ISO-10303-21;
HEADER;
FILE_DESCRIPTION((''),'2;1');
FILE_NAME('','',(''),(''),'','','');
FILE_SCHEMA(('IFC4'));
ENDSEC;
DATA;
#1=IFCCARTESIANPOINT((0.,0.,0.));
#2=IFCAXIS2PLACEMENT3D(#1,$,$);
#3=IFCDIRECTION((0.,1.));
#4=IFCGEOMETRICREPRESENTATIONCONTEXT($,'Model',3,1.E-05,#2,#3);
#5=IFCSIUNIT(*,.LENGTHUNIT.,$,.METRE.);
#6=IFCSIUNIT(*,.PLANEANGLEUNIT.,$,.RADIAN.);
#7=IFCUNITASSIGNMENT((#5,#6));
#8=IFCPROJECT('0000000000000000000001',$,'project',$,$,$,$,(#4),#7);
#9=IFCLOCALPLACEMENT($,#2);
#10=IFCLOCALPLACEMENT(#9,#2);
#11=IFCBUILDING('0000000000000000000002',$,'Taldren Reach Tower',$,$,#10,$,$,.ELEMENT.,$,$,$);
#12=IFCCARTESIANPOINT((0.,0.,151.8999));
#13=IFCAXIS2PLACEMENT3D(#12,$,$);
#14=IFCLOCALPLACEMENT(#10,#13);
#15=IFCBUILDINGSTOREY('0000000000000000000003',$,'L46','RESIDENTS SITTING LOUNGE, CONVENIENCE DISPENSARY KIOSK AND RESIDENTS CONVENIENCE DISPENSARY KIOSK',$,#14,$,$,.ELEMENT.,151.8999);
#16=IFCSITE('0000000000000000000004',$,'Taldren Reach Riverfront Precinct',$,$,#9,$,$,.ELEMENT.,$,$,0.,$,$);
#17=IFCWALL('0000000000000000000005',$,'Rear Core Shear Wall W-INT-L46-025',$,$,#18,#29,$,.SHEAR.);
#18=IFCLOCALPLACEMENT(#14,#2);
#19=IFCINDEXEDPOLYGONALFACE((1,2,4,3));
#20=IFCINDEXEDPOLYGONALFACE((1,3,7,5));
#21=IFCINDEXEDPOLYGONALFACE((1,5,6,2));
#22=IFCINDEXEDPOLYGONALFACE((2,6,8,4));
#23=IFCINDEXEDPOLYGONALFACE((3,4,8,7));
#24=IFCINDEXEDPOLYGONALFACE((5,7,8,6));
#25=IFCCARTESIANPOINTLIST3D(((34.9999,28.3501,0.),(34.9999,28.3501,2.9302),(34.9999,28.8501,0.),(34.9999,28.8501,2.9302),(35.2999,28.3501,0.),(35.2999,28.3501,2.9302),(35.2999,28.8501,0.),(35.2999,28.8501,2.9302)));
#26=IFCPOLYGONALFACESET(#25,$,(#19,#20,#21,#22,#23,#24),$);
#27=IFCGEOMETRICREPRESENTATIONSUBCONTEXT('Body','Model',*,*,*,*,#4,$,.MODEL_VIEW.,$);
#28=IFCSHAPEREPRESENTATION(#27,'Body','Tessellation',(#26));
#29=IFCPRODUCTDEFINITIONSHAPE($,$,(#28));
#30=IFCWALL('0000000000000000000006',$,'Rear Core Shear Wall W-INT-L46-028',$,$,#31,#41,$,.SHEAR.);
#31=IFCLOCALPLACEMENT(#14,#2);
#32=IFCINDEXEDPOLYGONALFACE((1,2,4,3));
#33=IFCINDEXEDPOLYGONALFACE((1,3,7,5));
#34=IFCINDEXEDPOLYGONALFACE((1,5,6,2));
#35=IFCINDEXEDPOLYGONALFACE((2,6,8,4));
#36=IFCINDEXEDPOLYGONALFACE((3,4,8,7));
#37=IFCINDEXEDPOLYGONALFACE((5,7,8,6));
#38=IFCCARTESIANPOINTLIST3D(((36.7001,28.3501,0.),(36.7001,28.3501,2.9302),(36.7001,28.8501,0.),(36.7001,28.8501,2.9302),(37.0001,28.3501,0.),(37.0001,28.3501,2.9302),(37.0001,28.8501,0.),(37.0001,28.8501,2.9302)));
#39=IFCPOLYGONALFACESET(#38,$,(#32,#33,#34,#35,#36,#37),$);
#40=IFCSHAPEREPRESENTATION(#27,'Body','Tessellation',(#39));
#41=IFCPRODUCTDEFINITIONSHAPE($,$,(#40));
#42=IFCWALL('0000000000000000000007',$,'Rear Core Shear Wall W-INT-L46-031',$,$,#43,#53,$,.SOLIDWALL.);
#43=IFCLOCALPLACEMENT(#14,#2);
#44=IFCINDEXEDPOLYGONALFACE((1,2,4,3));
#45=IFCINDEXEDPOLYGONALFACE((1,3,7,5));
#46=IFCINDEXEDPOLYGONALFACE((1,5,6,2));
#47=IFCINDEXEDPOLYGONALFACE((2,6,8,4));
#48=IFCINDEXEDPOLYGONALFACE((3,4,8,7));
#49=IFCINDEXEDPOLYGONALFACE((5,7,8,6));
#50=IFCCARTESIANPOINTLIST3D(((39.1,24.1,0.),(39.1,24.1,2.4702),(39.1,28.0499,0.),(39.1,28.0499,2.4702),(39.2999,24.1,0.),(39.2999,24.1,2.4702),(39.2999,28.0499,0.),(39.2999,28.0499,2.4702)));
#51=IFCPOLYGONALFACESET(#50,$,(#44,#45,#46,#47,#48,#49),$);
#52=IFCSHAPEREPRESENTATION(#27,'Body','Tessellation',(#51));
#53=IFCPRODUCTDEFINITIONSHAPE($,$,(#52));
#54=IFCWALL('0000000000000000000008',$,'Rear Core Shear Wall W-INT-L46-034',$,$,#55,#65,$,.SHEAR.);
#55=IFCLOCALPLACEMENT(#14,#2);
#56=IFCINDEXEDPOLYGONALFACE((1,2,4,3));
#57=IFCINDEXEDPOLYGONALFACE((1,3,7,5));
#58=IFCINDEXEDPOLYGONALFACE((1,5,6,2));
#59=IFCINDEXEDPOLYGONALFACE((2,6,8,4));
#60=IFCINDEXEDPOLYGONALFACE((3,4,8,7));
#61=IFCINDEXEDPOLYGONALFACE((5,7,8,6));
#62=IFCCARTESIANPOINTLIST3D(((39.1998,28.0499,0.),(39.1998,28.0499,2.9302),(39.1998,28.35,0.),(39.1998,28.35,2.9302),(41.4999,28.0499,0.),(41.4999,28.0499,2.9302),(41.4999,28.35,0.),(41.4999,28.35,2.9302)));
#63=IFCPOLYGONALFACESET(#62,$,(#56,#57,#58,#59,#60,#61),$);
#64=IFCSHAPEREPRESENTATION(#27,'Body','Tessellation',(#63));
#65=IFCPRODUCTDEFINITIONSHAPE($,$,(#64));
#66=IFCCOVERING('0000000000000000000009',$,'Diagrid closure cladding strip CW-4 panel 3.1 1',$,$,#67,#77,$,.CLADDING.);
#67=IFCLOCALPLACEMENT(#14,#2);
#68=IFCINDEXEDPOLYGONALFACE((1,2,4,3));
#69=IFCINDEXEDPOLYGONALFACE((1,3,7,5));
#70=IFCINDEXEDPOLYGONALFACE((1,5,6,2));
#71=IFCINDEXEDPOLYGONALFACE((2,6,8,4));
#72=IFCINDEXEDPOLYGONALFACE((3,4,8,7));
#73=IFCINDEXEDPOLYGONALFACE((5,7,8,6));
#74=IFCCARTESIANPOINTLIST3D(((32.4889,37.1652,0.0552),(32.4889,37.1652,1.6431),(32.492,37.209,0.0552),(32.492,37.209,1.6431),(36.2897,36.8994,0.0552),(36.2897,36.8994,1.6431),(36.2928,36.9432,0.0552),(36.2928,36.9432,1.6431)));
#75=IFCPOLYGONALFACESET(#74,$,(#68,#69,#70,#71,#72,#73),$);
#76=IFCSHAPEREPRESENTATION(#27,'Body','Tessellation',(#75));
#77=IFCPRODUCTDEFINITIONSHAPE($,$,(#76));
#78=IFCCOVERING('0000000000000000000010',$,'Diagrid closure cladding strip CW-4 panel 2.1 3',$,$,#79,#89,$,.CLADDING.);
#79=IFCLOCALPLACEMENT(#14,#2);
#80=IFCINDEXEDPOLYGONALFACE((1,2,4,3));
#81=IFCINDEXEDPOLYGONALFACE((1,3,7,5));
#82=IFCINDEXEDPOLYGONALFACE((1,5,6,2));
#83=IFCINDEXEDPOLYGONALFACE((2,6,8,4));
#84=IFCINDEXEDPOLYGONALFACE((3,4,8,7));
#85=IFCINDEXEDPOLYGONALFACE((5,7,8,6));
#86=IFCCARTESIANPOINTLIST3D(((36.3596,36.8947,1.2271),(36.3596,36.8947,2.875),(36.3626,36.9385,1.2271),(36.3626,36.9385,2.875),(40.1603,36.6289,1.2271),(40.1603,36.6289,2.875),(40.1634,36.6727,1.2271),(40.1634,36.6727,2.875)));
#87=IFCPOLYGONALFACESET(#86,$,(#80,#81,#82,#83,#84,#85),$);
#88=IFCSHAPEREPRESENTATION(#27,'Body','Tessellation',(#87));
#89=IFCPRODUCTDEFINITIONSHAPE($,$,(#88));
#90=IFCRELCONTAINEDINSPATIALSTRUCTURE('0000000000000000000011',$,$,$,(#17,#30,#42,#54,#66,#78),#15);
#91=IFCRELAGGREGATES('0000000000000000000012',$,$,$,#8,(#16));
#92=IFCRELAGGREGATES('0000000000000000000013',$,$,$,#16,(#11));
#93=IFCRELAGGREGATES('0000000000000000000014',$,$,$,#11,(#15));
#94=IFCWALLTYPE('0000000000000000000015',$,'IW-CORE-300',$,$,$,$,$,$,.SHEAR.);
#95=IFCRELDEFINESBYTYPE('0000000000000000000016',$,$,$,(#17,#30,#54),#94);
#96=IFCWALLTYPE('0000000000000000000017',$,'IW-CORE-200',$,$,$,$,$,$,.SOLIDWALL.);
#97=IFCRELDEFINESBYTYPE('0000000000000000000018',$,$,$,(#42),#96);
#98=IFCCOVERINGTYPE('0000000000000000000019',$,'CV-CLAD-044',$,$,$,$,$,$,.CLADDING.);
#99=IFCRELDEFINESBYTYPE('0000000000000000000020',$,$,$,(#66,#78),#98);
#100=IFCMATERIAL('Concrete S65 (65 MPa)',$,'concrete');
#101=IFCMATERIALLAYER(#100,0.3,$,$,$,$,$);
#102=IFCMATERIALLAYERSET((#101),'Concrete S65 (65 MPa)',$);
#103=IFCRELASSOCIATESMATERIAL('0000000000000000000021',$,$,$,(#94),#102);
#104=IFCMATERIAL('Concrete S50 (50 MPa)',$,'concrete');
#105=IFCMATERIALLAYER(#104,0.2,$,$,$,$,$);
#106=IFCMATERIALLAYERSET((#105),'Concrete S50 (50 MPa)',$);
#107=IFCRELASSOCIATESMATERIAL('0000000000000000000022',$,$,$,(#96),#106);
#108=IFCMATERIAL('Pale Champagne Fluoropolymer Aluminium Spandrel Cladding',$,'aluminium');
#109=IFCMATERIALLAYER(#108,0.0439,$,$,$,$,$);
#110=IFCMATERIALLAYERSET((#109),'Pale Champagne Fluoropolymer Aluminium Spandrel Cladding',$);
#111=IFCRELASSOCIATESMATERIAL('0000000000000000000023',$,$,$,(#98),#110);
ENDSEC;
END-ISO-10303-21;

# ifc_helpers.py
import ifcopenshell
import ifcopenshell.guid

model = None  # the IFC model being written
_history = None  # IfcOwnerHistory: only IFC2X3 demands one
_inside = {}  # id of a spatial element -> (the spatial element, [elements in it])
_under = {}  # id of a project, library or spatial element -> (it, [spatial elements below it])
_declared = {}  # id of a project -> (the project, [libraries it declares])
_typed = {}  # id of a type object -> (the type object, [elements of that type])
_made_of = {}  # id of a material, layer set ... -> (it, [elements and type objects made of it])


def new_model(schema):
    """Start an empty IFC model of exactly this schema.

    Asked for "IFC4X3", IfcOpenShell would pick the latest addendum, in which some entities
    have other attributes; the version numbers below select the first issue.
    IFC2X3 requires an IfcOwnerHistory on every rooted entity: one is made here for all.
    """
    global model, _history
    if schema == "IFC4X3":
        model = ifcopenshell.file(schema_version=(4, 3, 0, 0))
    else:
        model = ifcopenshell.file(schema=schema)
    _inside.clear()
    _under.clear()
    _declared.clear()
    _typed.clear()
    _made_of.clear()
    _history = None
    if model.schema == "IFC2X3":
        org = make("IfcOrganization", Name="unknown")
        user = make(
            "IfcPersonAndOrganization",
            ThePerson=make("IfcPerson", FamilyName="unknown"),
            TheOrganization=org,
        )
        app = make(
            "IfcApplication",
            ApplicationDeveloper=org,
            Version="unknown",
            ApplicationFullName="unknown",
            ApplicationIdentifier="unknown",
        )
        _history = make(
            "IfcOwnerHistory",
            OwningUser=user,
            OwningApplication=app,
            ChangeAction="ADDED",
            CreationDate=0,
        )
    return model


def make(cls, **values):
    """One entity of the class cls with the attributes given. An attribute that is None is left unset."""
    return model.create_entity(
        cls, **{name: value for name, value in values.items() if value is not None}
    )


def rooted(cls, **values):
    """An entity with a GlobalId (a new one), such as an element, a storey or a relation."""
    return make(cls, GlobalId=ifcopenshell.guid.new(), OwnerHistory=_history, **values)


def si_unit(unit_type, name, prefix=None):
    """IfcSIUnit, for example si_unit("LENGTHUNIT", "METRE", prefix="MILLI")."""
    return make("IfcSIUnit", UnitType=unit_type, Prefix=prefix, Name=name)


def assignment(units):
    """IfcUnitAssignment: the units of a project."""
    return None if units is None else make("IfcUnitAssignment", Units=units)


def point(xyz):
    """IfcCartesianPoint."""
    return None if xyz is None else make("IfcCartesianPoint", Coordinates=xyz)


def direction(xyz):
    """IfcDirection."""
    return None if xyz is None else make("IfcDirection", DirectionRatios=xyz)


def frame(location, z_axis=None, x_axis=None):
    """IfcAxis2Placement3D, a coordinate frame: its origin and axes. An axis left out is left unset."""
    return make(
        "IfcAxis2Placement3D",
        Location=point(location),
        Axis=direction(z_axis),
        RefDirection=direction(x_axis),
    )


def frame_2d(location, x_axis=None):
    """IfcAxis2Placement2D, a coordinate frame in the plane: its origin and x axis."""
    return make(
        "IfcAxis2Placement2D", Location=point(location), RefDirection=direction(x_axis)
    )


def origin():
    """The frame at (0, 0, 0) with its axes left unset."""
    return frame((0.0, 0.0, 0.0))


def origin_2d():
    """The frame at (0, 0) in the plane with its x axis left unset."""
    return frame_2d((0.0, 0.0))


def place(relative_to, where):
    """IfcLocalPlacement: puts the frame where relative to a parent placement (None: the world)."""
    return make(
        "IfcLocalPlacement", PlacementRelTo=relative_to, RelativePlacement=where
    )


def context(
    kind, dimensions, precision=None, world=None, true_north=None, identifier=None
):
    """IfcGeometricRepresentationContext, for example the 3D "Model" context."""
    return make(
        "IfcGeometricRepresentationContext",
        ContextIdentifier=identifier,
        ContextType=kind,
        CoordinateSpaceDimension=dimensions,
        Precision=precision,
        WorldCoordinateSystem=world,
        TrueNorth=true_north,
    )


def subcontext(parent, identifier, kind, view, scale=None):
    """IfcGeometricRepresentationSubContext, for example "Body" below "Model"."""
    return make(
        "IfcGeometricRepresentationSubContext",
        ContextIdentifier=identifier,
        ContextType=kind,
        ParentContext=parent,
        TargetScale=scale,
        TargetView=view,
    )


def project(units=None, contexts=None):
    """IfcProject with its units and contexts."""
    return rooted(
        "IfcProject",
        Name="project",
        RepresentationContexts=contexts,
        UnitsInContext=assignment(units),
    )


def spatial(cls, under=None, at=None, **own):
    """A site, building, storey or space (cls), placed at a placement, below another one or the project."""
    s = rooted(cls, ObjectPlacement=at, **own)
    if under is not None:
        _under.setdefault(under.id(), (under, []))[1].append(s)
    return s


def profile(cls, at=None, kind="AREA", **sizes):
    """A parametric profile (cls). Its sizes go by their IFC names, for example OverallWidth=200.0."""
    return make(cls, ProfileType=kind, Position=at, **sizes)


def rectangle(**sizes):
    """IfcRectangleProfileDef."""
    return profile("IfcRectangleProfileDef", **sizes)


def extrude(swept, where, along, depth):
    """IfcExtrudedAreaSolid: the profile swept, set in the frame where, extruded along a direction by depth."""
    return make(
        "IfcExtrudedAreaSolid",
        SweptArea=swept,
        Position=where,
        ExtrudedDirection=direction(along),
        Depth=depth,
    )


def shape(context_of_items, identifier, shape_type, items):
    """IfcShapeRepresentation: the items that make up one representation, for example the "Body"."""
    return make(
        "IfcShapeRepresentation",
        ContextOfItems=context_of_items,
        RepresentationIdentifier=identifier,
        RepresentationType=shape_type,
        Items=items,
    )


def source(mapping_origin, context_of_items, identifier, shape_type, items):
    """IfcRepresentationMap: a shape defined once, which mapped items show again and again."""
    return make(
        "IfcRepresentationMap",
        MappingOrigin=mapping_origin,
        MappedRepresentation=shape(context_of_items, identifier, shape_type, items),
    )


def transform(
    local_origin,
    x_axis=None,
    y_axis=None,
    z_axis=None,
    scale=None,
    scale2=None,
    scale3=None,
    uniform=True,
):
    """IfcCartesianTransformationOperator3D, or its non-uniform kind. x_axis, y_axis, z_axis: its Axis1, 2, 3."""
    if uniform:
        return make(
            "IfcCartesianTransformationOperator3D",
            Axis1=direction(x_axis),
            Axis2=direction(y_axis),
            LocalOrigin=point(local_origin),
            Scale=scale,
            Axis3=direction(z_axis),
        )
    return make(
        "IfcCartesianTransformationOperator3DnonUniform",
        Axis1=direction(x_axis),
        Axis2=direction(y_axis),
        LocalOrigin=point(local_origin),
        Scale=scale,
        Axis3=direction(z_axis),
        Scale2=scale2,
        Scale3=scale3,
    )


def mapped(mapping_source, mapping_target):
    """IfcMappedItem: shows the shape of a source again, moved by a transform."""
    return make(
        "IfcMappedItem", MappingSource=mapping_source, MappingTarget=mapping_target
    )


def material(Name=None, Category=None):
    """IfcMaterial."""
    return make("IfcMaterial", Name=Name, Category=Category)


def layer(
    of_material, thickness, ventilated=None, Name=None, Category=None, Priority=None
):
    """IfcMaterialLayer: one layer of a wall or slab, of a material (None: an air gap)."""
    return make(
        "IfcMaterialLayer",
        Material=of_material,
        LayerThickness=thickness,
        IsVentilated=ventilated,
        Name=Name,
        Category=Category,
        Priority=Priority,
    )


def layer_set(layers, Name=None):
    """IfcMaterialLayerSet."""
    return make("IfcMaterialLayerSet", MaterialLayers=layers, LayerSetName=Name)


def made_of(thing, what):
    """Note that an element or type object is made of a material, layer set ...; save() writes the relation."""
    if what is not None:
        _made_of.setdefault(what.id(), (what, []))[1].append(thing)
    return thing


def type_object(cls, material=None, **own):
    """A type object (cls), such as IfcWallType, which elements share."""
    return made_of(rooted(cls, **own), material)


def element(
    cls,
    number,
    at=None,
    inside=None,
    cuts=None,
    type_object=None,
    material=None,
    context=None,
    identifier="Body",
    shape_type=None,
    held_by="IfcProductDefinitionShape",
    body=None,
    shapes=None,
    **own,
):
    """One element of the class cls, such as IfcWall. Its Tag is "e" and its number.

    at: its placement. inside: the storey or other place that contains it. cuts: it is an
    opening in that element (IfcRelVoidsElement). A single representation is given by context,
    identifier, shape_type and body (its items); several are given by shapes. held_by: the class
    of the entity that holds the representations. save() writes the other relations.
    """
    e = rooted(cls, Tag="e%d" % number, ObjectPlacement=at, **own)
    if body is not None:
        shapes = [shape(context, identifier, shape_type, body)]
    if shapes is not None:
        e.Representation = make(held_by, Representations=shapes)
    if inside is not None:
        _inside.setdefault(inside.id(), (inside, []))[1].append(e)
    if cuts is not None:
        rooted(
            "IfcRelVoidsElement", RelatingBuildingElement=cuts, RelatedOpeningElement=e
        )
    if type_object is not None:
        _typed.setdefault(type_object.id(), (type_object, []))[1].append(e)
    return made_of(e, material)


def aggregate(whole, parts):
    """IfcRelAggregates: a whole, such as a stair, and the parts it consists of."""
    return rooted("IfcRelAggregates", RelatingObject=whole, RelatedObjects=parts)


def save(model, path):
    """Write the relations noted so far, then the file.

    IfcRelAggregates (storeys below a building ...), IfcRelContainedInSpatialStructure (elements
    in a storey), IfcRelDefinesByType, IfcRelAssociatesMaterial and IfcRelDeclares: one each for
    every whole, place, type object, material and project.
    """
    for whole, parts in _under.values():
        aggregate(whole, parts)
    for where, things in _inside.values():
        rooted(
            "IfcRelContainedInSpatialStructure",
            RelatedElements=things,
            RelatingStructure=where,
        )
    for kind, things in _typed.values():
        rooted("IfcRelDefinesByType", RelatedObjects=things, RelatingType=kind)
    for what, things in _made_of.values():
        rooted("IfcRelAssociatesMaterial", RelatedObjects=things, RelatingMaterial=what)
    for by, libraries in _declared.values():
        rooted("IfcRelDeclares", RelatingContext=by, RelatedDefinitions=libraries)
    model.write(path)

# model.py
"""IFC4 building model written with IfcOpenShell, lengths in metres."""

from ifc_helpers import new_model, si_unit, direction, frame, frame_2d, origin, origin_2d, place, context, subcontext, project, spatial, rectangle, extrude, source, transform, mapped, material, layer, layer_set, type_object, element, save


model = new_model("IFC4")

# Units and contexts
model_context = context("Model", 3, precision=1e-05, world=origin(), true_north=direction((0.0, 1.0)))
body_context = subcontext(model_context, "Body", "Model", "MODEL_VIEW")
ifc_project = project(units=[si_unit("LENGTHUNIT", "METRE"), si_unit("PLANEANGLEUNIT", "RADIAN")], contexts=[model_context])

# Site, building, storey
site_placement = place(None, origin())
site = spatial("IfcSite", under=ifc_project, at=site_placement, Name="Taldren Reach Riverfront Precinct", CompositionType="ELEMENT", RefElevation=0.0)
building_placement = place(site_placement, origin())
building = spatial("IfcBuilding", under=site, at=building_placement, Name="Taldren Reach Tower", CompositionType="ELEMENT")
storey_placement = place(building_placement, frame((0.0, 0.0, 151.8999)))
storey = spatial("IfcBuildingStorey", under=building, at=storey_placement, Name="L46", Description="RESIDENTS SITTING LOUNGE, CONVENIENCE DISPENSARY KIOSK AND RESIDENTS CONVENIENCE DISPENSARY KIOSK", CompositionType="ELEMENT", Elevation=151.8999)

# Walls
ifc_material_1 = material(Name="Concrete S65 (65 MPa)", Category="concrete")
ifc_layer_1 = layer(ifc_material_1, 0.3)
ifc_layer_set_1 = layer_set([ifc_layer_1], Name="Concrete S65 (65 MPa)")
wall_type_1 = type_object("IfcWallType", Name="IW-CORE-300", PredefinedType="SHEAR", material=ifc_layer_set_1)
shared_shape_1 = source(origin(), body_context, "Body", "SweptSolid", [
    extrude(rectangle(XDim=0.5, YDim=0.3, at=frame_2d((0.25, 0.0))), origin(), (0.0, 0.0, 1.0), 2.9302),
])
for number, where, z_axis, x_axis, name in (
    (1, (35.1499, 28.3501, 0.0), (0.0, 0.0, 1.0), (0.0, 1.0, 0.0), "Rear Core Shear Wall W-INT-L46-025"),
    (2, (36.8501, 28.8501, 0.0), (0.0, 0.0, 1.0), (0.0, -1.0, 0.0), "Rear Core Shear Wall W-INT-L46-028"),
):
    element("IfcWall", number, at=place(storey_placement, frame(where, z_axis=z_axis, x_axis=x_axis)), inside=storey, type_object=wall_type_1, Name=name, PredefinedType="SHEAR", context=body_context, shape_type="MappedRepresentation", body=[
        mapped(shared_shape_1, transform((0.0, 0.0, 0.0), scale=1.0)),
    ])

# Walls
ifc_material_2 = material(Name="Concrete S50 (50 MPa)", Category="concrete")
ifc_layer_2 = layer(ifc_material_2, 0.2)
ifc_layer_set_2 = layer_set([ifc_layer_2], Name="Concrete S50 (50 MPa)")
wall_type_2 = type_object("IfcWallType", Name="IW-CORE-200", PredefinedType="SOLIDWALL", material=ifc_layer_set_2)
shared_shape_2 = source(origin(), body_context, "Body", "SweptSolid", [
    extrude(rectangle(XDim=3.95, YDim=0.2, at=frame_2d((1.9751, 0.0))), origin(), (0.0, 0.0, 1.0), 2.4702),
])
wall_1_placement = place(storey_placement, frame((39.2, 28.05, 0.0), z_axis=(0.0, 0.0, 1.0), x_axis=(0.0, -1.0, 0.0)))
element("IfcWall", 3, at=wall_1_placement, inside=storey, type_object=wall_type_2, Name="Rear Core Shear Wall W-INT-L46-031", PredefinedType="SOLIDWALL", context=body_context, shape_type="MappedRepresentation", body=[
    mapped(shared_shape_2, transform((0.0, 0.0, 0.0), scale=1.0)),
])
shared_shape_3 = source(origin(), body_context, "Body", "SweptSolid", [
    extrude(rectangle(XDim=2.3, YDim=0.3, at=frame_2d((1.1499, 0.0))), origin(), (0.0, 0.0, 1.0), 2.9302),
])
wall_2_placement = place(storey_placement, frame((39.2, 28.2, 0.0), z_axis=(0.0, 0.0, 1.0), x_axis=(1.0, 0.0, 0.0)))
element("IfcWall", 4, at=wall_2_placement, inside=storey, type_object=wall_type_1, Name="Rear Core Shear Wall W-INT-L46-034", PredefinedType="SHEAR", context=body_context, shape_type="MappedRepresentation", body=[
    mapped(shared_shape_3, transform((0.0, 0.0, 0.0), scale=1.0)),
])

# Coverings
ifc_material_3 = material(Name="Pale Champagne Fluoropolymer Aluminium Spandrel Cladding", Category="aluminium")
ifc_layer_3 = layer(ifc_material_3, 0.0439)
ifc_layer_set_3 = layer_set([ifc_layer_3], Name="Pale Champagne Fluoropolymer Aluminium Spandrel Cladding")
covering_type = type_object("IfcCoveringType", Name="CV-CLAD-044", PredefinedType="CLADDING", material=ifc_layer_set_3)
shared_shape_4 = source(origin(), body_context, "Body", "SweptSolid", [
    extrude(rectangle(XDim=3.8101, YDim=0.0439, at=origin_2d()), origin(), (0.0, 0.0, 1.0), 1.5879),
])
covering_1_placement = place(storey_placement, frame((34.3909, 37.0542, 0.0552), z_axis=(0.0, 0.0, 1.0), x_axis=(-0.997564, 0.069757, 0.0)))
element("IfcCovering", 5, at=covering_1_placement, inside=storey, type_object=covering_type, Name="Diagrid closure cladding strip CW-4 panel 3.1 1", PredefinedType="CLADDING", context=body_context, shape_type="MappedRepresentation", body=[
    mapped(shared_shape_4, transform((0.0, 0.0, 0.0), scale=1.0)),
])
shared_shape_5 = source(origin(), body_context, "Body", "SweptSolid", [
    extrude(rectangle(XDim=3.8101, YDim=0.0439, at=origin_2d()), origin(), (0.0, 0.0, 1.0), 1.6479),
])
covering_2_placement = place(storey_placement, frame((38.2615, 36.7837, 1.2271), z_axis=(0.0, 0.0, 1.0), x_axis=(-0.997564, 0.069757, 0.0)))
element("IfcCovering", 6, at=covering_2_placement, inside=storey, type_object=covering_type, Name="Diagrid closure cladding strip CW-4 panel 2.1 3", PredefinedType="CLADDING", context=body_context, shape_type="MappedRepresentation", body=[
    mapped(shared_shape_5, transform((0.0, 0.0, 0.0), scale=1.0)),
])

save(model, "model.ifc")
